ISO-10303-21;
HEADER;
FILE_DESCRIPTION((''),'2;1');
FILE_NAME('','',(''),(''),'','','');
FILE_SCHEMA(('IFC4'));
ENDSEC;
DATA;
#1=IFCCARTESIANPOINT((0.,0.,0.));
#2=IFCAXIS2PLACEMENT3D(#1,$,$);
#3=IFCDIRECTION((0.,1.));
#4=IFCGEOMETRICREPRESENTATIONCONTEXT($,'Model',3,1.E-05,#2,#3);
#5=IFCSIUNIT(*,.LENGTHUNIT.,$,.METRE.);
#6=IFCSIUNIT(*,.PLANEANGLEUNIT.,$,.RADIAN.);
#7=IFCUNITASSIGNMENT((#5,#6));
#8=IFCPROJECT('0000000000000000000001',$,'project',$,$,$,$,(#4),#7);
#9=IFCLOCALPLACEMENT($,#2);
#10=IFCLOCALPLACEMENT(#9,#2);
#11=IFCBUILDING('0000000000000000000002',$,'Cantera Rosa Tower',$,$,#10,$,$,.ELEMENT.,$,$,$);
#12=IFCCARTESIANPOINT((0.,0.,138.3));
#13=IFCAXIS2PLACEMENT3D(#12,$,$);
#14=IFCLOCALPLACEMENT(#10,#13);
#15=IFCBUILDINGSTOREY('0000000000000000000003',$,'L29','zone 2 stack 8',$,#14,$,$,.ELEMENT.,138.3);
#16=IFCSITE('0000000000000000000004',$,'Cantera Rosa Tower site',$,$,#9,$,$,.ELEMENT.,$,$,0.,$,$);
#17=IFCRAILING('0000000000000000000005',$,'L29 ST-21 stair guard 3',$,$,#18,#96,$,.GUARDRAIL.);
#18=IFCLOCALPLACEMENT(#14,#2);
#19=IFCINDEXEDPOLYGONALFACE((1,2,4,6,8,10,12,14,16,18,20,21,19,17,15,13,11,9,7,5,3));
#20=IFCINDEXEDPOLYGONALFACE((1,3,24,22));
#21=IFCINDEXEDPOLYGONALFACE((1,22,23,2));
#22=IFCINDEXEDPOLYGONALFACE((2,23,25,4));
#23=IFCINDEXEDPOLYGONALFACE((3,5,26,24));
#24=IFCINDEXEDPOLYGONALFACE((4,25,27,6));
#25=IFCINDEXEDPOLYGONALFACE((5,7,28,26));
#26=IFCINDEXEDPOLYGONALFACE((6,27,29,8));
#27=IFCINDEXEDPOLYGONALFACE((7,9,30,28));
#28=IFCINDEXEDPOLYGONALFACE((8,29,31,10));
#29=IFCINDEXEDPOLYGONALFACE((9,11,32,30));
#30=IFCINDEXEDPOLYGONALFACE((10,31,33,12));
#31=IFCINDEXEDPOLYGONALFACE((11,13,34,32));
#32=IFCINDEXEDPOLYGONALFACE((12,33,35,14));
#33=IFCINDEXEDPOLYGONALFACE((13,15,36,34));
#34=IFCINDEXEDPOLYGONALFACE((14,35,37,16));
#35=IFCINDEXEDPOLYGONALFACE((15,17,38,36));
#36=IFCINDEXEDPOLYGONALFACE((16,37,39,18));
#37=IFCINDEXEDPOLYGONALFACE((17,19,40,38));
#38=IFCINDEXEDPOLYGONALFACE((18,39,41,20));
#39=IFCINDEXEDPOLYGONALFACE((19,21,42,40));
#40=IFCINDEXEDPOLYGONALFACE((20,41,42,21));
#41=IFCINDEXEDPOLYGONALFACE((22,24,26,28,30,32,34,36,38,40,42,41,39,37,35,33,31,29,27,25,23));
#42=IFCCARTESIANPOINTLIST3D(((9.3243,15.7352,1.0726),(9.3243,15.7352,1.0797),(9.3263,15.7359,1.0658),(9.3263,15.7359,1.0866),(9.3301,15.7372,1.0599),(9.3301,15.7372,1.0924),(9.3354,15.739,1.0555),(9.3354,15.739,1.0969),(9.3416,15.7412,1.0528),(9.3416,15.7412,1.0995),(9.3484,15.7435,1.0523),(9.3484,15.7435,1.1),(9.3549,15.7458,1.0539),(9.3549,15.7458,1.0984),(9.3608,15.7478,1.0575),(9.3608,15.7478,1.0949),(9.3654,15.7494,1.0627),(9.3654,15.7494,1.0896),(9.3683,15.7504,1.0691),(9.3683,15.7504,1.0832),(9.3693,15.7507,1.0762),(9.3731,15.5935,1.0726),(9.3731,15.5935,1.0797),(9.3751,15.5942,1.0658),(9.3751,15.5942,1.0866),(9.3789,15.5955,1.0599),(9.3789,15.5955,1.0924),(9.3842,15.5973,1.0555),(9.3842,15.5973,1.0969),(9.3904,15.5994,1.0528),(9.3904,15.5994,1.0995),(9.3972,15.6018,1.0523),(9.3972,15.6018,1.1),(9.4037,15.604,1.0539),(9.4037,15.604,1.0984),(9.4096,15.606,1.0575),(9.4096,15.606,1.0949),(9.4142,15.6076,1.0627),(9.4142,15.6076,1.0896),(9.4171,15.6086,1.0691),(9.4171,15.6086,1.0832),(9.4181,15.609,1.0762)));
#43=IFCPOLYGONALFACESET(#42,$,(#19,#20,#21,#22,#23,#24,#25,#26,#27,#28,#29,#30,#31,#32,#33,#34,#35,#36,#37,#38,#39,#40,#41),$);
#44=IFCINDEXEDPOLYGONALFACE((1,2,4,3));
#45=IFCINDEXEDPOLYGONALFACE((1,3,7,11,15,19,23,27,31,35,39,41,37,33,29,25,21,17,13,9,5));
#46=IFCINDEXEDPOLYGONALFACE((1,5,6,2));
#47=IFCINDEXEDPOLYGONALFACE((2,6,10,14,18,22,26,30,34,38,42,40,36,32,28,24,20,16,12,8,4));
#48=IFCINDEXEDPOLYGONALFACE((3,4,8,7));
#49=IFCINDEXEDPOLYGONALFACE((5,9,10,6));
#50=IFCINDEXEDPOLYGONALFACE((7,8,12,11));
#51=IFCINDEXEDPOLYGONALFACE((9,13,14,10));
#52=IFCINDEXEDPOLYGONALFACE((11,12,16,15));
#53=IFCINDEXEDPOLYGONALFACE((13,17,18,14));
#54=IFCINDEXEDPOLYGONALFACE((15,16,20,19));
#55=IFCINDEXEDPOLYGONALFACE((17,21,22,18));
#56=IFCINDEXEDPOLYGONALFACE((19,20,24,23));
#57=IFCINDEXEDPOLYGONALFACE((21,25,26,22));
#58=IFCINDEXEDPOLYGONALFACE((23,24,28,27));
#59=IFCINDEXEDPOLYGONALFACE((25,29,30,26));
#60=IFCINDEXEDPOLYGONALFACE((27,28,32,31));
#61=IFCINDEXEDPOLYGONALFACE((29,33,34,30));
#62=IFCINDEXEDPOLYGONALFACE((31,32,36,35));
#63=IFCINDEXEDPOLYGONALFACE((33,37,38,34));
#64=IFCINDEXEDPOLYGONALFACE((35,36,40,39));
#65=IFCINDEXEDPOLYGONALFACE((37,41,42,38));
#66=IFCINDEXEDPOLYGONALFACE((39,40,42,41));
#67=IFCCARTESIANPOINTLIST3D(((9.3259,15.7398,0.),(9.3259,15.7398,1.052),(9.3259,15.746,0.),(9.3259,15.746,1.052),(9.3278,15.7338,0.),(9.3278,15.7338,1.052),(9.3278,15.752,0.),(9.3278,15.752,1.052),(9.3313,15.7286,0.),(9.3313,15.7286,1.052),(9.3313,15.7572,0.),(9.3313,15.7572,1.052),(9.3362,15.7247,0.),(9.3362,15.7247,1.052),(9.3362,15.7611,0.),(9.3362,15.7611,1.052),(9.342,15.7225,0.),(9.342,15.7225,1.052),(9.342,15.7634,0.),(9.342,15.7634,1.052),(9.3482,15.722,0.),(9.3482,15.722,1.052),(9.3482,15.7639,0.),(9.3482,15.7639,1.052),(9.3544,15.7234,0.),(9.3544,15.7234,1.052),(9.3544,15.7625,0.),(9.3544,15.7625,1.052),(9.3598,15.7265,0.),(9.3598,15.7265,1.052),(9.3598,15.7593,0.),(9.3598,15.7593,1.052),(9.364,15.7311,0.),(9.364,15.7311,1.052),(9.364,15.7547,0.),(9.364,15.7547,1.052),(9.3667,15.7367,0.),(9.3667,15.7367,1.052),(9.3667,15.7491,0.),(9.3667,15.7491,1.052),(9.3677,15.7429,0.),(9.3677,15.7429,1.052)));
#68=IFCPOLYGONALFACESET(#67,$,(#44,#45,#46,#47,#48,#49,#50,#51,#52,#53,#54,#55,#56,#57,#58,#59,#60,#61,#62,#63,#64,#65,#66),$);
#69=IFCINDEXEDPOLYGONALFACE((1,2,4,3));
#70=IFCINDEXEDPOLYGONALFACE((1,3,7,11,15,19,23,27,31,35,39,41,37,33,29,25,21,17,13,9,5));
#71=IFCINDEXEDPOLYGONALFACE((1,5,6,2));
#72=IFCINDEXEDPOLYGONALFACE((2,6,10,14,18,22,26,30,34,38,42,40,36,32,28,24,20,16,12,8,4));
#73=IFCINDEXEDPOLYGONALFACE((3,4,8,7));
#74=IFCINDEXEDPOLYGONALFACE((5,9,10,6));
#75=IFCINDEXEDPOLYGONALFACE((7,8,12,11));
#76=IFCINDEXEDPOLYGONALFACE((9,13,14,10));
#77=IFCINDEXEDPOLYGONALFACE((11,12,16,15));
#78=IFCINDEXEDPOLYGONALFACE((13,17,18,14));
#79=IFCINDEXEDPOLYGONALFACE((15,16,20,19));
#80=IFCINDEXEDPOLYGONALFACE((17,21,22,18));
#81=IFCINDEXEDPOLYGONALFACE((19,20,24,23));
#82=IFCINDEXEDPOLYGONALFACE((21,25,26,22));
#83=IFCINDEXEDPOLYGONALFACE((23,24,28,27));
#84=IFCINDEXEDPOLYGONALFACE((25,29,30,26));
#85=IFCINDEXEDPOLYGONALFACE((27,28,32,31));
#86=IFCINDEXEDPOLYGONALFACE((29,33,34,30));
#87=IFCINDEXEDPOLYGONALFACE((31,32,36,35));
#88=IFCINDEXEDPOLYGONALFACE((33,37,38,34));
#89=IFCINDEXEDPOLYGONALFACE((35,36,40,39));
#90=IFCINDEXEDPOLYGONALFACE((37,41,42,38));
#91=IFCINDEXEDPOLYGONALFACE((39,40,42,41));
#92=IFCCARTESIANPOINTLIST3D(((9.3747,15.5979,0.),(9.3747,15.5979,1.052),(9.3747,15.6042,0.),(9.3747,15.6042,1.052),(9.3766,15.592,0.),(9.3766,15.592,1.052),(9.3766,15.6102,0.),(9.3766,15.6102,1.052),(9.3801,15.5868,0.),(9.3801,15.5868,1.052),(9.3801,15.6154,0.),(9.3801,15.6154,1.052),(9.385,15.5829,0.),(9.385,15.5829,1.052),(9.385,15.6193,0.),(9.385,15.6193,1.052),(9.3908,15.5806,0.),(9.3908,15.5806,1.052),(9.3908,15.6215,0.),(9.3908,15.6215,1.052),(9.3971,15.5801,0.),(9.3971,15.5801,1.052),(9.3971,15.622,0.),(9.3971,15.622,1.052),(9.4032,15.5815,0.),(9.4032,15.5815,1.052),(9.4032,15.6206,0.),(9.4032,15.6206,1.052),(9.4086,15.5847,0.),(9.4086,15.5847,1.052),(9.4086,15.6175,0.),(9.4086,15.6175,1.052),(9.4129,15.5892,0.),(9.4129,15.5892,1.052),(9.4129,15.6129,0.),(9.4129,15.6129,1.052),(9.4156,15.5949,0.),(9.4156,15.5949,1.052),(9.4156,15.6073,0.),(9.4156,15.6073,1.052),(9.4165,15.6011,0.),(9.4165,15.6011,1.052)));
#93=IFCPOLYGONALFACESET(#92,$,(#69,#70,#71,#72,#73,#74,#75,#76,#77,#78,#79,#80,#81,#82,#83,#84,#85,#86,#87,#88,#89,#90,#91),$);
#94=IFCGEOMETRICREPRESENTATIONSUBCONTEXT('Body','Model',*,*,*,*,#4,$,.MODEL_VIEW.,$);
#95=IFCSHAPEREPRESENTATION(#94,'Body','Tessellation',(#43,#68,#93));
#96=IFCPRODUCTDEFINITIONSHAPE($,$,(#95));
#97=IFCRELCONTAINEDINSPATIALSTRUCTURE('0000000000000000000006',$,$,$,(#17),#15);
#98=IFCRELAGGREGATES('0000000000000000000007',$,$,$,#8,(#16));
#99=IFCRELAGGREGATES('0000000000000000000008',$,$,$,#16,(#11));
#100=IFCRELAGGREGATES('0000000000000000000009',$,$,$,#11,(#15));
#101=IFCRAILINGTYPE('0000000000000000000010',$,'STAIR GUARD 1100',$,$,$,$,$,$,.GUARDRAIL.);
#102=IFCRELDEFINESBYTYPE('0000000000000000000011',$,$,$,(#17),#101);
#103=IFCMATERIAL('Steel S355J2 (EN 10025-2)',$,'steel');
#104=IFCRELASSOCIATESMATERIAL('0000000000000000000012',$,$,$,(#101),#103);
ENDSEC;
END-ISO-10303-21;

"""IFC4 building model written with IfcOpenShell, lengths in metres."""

from ifc_helpers import new_model, si_unit, direction, frame, origin, origin_2d, place, context, subcontext, project, spatial, circle, extrude, material, type_object, element, save


model = new_model("IFC4")

# Units and contexts
model_context = context("Model", 3, precision=1e-05, world=origin(), true_north=direction((0.0, 1.0)))
body_context = subcontext(model_context, "Body", "Model", "MODEL_VIEW")
ifc_project = project(units=[si_unit("LENGTHUNIT", "METRE"), si_unit("PLANEANGLEUNIT", "RADIAN")], contexts=[model_context])

# Site, building, storey
site_placement = place(None, origin())
site = spatial("IfcSite", under=ifc_project, at=site_placement, Name="Cantera Rosa Tower site", CompositionType="ELEMENT", RefElevation=0.0)
building_placement = place(site_placement, origin())
building = spatial("IfcBuilding", under=site, at=building_placement, Name="Cantera Rosa Tower", CompositionType="ELEMENT")
storey_placement = place(building_placement, frame((0.0, 0.0, 138.3)))
storey = spatial("IfcBuildingStorey", under=building, at=storey_placement, Name="L29", Description="zone 2 stack 8", CompositionType="ELEMENT", Elevation=138.3)

# Railing
ifc_material_1 = material(Name="Steel S355J2 (EN 10025-2)", Category="steel")
railing_type_1 = type_object("IfcRailingType", Name="STAIR GUARD 1100", PredefinedType="GUARDRAIL", material=ifc_material_1)
railing_1_placement = place(storey_placement, frame((9.3467, 15.7429, 0.0)))
element("IfcRailing", 1, at=railing_1_placement, inside=storey, type_object=railing_type_1, Name="L29 ST-21 stair guard 3", PredefinedType="GUARDRAIL", context=body_context, shape_type="SweptSolid", body=[
    extrude(circle(Radius=0.0239, at=origin_2d()), frame((0.0, 0.0, 1.0762), z_axis=(0.325489, -0.945546, 0.0), x_axis=(0.945546, 0.325489, 0.0)), (0.0, 0.0, 1.0), 0.1499),
    extrude(circle(Radius=0.021, at=origin_2d()), origin(), (0.0, 0.0, 1.0), 1.052),
    extrude(circle(Radius=0.021, at=origin_2d()), frame((0.0488, -0.1418, 0.0)), (0.0, 0.0, 1.0), 1.052),
])

save(model, "model.ifc")
